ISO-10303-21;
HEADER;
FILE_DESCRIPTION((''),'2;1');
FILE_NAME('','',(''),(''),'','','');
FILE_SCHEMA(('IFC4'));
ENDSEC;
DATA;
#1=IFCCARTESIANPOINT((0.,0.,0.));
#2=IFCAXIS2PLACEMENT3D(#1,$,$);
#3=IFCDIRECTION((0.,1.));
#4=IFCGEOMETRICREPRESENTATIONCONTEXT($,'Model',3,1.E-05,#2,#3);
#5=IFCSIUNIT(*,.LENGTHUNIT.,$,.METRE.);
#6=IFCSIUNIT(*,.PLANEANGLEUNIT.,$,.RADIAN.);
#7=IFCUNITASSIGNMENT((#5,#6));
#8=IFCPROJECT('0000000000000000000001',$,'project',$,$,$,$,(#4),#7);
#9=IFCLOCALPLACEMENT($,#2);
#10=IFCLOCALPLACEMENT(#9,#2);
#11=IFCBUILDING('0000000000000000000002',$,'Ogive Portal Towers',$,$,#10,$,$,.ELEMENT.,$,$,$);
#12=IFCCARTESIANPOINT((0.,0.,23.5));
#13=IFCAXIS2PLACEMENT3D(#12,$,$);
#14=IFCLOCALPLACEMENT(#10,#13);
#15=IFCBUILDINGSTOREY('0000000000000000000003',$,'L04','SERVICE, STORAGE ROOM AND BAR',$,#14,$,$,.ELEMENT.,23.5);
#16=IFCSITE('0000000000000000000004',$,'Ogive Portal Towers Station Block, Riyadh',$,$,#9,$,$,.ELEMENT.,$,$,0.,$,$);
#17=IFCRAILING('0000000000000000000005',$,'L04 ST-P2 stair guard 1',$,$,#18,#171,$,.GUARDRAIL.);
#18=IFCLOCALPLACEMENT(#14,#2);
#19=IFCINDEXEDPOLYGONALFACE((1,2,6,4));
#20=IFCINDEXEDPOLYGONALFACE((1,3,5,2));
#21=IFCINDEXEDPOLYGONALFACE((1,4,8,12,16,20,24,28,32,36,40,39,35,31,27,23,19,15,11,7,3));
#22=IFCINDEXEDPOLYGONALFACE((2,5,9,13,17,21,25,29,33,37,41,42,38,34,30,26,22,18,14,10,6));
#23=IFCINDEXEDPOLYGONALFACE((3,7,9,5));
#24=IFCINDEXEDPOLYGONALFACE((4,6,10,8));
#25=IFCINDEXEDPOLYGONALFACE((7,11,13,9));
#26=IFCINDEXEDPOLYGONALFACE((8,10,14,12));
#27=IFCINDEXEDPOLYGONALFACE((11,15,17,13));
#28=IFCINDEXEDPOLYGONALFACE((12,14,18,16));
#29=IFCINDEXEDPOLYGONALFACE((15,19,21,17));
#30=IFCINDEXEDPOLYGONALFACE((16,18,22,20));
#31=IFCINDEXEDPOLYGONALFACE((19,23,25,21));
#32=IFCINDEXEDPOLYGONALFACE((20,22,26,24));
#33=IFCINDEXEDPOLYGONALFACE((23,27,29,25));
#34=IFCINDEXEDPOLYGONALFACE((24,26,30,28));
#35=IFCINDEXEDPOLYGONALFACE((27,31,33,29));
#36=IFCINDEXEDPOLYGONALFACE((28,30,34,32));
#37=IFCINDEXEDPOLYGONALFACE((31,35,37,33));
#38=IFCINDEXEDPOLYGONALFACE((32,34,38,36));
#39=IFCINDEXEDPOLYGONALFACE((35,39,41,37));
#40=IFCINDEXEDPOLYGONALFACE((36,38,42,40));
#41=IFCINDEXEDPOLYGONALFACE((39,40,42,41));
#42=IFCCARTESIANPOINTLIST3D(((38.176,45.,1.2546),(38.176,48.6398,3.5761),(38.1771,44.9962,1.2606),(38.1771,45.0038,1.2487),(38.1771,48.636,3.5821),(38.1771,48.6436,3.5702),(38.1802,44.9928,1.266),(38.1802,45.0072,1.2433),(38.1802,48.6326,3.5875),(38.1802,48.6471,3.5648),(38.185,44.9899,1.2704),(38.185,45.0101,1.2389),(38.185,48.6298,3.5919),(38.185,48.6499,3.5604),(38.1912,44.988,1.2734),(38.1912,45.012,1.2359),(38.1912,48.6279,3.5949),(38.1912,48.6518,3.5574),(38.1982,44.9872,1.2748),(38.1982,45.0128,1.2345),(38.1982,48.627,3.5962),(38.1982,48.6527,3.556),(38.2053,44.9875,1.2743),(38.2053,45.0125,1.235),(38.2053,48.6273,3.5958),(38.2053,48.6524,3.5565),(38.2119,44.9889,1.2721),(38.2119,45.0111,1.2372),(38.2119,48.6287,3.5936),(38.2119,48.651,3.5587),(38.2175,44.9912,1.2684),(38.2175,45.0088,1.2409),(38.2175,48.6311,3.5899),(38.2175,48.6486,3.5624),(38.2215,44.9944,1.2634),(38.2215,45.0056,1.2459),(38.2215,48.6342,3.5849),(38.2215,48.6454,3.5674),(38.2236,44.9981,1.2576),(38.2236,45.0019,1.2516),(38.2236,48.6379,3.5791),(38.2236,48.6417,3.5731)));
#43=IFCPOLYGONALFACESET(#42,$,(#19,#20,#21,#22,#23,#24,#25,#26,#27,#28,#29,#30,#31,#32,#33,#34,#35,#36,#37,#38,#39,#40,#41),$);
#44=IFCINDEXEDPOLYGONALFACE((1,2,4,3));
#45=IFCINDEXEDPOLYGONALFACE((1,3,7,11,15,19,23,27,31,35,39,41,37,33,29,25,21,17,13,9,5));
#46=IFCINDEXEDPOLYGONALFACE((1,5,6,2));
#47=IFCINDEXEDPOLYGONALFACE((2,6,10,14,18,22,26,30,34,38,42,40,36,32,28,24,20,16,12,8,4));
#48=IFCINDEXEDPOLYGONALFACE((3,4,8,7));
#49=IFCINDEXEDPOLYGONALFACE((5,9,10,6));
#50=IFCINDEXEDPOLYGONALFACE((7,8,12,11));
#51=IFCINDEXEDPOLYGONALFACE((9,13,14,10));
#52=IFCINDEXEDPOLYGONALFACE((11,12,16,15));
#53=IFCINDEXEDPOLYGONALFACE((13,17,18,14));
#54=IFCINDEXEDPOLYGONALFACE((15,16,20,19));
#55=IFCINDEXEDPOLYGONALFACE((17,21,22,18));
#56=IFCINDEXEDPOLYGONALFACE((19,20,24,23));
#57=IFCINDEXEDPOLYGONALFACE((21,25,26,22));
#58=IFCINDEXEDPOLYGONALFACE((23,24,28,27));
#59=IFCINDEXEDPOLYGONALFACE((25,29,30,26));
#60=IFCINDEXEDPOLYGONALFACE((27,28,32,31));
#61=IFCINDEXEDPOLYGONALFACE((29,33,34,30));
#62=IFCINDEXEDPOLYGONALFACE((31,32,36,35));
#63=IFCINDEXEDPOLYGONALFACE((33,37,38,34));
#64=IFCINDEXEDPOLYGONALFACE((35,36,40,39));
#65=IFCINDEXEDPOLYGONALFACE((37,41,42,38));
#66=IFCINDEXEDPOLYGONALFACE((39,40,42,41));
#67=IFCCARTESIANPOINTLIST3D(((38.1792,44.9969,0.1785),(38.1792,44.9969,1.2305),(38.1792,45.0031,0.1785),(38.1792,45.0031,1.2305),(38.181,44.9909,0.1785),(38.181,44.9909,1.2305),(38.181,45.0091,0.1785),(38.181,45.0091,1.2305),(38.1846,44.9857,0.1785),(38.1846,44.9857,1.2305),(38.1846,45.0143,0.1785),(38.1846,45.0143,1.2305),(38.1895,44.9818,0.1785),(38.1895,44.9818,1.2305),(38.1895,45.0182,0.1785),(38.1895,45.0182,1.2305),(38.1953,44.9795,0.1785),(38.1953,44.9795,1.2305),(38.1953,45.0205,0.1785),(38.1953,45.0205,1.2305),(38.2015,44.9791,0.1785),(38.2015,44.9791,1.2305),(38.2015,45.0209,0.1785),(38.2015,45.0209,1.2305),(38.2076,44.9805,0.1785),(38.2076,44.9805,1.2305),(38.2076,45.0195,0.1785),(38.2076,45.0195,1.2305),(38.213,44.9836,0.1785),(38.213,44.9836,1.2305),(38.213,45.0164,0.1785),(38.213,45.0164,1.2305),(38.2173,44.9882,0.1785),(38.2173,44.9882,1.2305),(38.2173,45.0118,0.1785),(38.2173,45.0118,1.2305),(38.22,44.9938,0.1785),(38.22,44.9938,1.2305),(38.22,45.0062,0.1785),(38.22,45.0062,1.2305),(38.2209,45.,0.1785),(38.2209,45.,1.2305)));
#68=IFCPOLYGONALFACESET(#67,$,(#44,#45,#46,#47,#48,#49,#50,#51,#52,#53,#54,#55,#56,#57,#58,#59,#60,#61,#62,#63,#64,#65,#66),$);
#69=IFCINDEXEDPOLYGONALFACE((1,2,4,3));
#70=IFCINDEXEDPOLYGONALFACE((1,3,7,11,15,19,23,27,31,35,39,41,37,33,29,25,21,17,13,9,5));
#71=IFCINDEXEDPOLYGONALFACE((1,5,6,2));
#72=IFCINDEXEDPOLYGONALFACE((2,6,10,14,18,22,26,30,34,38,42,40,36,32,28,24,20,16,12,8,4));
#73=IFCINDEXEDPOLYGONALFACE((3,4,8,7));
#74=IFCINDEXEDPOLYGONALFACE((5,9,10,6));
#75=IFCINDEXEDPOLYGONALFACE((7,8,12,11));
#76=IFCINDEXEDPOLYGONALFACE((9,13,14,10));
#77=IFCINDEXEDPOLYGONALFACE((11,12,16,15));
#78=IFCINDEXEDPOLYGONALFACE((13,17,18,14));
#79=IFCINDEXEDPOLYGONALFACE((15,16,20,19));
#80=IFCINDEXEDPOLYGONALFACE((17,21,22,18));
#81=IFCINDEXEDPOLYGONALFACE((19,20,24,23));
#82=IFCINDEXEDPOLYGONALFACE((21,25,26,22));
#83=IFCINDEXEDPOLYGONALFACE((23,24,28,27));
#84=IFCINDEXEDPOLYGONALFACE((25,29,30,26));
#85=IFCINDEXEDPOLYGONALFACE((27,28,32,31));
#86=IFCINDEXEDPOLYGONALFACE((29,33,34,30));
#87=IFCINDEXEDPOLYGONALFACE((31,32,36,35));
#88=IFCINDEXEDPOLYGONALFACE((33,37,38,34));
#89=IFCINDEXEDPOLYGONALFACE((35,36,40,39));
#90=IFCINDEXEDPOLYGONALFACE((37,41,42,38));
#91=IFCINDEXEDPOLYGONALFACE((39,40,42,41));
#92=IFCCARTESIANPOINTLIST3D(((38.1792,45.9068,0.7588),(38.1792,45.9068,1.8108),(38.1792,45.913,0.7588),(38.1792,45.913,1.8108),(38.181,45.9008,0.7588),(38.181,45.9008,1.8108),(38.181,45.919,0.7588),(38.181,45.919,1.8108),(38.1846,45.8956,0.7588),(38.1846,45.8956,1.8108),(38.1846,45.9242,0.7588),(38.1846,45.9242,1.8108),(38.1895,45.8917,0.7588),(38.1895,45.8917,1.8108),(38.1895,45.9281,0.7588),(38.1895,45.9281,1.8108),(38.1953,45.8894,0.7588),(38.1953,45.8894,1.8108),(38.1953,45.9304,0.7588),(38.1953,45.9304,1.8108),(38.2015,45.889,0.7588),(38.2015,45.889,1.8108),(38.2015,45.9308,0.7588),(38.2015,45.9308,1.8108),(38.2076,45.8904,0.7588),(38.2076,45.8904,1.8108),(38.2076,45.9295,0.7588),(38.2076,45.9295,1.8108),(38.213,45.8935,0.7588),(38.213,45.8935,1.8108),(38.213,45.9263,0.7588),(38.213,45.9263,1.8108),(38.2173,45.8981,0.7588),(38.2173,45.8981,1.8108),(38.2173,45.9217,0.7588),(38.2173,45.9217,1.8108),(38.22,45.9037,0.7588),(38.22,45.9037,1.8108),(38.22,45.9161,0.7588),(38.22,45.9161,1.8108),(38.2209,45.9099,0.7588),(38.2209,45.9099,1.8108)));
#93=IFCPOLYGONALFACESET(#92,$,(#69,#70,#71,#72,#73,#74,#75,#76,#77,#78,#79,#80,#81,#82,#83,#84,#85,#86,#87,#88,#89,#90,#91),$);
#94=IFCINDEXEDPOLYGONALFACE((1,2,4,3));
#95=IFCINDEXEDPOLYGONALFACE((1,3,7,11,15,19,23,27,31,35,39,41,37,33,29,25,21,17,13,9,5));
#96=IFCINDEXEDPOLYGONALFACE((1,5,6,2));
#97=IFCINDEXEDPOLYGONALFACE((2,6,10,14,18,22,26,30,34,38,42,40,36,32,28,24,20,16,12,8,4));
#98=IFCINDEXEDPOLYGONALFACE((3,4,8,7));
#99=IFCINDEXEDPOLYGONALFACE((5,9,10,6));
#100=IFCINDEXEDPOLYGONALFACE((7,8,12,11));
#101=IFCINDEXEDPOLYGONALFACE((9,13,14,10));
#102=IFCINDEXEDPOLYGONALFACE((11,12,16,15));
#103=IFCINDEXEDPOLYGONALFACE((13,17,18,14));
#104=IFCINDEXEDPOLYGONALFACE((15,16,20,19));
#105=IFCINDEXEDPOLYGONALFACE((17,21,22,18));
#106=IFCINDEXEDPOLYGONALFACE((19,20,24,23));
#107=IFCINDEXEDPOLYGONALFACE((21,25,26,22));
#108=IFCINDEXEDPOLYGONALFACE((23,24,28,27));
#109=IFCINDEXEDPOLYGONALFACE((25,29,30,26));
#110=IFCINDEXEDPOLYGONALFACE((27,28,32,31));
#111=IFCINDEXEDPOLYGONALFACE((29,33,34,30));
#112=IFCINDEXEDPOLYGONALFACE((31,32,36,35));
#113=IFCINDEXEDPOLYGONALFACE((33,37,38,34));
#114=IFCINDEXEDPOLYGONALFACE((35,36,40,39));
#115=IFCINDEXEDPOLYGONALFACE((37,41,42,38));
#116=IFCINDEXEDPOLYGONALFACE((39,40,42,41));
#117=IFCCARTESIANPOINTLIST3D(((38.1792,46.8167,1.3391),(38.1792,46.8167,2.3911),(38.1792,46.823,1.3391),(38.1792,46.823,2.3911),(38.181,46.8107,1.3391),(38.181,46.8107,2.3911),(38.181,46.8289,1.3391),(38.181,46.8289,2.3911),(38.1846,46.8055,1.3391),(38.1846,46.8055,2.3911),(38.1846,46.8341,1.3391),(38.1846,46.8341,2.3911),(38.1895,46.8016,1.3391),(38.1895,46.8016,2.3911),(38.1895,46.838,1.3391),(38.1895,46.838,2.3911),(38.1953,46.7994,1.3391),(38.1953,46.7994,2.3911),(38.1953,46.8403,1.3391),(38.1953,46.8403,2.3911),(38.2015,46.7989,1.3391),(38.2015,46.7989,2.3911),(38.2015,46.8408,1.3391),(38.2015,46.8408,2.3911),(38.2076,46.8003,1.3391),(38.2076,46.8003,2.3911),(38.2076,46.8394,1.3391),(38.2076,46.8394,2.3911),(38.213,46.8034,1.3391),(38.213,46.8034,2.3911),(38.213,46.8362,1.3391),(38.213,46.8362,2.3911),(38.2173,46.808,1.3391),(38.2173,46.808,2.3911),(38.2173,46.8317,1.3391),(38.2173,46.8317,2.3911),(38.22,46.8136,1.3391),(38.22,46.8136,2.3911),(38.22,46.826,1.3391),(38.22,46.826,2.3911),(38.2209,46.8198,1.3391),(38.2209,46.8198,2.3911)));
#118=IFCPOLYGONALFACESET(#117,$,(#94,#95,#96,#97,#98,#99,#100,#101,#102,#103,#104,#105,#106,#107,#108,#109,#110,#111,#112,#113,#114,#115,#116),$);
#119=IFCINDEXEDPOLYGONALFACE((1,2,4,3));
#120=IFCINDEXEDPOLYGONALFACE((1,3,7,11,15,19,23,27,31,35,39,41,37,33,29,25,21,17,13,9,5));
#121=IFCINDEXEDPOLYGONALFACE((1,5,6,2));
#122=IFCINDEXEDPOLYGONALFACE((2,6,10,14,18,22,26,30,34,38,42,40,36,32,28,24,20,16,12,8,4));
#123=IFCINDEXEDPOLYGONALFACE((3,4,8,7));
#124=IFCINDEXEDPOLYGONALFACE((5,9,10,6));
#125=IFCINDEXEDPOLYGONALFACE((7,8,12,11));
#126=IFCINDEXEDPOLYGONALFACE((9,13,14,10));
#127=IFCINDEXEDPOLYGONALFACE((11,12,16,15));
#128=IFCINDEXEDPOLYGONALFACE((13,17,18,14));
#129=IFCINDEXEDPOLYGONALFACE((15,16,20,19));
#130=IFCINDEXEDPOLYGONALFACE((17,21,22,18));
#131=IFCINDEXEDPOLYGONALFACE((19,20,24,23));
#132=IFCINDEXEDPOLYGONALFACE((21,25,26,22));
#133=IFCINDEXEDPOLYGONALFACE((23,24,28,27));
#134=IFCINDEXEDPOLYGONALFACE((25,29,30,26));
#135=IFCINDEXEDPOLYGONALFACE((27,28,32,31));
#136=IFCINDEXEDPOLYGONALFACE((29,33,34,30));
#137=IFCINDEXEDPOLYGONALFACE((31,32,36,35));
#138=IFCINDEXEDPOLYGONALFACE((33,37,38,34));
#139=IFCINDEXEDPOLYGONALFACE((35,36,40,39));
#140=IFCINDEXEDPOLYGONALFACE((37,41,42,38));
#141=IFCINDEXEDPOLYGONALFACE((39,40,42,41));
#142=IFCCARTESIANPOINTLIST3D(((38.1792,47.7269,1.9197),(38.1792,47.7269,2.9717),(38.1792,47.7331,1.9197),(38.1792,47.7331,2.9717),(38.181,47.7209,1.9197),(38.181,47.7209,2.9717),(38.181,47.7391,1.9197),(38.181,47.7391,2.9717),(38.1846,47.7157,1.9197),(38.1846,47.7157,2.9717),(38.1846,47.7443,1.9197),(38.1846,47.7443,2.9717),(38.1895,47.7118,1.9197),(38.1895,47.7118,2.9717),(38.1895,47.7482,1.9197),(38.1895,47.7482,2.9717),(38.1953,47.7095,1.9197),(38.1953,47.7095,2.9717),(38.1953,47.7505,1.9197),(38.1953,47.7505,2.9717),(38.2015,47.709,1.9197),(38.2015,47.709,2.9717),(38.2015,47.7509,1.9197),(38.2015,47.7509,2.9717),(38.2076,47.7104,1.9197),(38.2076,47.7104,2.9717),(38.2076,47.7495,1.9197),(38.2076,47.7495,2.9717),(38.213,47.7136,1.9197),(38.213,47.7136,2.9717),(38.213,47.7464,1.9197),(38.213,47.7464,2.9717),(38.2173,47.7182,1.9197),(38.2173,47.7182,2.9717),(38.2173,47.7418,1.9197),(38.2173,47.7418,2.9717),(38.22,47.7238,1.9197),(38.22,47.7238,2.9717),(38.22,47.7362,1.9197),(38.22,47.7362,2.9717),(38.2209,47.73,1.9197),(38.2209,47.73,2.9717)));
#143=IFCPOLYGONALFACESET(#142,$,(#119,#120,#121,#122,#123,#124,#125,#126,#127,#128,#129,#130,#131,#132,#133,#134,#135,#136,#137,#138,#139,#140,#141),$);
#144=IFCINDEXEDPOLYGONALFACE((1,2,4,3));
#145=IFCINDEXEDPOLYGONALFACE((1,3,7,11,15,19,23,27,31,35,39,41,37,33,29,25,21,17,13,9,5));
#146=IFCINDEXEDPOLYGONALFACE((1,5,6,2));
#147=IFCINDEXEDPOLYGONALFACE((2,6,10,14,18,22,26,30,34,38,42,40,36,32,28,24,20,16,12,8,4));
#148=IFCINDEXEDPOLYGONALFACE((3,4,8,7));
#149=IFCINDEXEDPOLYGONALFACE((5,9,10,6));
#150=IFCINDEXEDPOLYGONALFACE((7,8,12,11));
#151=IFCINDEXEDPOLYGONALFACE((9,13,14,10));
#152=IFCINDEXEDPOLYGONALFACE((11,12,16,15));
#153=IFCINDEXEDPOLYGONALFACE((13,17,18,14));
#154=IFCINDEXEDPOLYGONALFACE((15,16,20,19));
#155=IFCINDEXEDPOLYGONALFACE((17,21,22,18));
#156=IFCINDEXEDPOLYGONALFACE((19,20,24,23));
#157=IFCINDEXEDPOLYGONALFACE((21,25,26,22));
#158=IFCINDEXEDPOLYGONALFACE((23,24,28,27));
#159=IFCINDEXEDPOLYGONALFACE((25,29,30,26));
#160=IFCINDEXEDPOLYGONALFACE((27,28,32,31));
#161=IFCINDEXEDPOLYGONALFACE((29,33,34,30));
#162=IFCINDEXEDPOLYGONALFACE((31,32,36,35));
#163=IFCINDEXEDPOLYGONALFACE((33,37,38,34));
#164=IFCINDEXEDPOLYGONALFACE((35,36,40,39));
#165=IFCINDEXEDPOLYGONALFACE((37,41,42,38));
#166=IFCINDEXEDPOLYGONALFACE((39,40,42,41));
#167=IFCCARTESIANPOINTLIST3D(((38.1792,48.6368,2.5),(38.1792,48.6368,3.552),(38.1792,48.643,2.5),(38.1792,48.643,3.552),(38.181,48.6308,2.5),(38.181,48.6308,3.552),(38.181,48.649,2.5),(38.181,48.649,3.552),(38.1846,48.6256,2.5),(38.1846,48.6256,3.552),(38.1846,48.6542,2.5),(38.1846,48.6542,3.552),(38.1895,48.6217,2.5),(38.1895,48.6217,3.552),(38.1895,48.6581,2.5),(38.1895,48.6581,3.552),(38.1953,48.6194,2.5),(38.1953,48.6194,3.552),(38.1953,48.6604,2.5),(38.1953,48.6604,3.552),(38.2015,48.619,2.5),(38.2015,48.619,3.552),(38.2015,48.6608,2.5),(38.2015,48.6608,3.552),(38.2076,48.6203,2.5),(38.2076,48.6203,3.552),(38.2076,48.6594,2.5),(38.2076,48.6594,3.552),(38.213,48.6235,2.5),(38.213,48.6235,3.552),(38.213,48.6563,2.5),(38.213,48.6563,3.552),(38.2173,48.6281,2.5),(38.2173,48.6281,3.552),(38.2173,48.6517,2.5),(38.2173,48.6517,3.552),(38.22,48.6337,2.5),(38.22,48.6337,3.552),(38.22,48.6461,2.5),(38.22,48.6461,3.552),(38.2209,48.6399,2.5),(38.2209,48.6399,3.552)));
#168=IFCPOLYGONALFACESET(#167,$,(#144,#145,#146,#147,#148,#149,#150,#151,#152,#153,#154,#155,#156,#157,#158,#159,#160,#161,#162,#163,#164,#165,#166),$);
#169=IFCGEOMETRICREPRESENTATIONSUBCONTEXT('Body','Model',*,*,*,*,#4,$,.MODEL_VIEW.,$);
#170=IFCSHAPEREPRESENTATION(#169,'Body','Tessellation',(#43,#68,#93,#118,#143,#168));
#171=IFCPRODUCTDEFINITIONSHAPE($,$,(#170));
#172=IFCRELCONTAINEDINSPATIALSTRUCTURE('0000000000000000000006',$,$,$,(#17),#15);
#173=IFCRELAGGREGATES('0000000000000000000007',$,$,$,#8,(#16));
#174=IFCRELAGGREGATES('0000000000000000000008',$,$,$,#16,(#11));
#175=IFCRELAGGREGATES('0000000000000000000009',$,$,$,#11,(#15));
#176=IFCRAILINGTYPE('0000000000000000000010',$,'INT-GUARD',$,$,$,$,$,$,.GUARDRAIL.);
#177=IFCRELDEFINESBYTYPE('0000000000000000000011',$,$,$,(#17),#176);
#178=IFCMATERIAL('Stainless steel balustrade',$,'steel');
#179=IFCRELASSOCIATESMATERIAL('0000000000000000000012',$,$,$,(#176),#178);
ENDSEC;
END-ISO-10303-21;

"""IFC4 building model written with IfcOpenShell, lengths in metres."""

from ifc_helpers import new_model, si_unit, direction, frame, origin, origin_2d, place, context, subcontext, project, spatial, circle, extrude, material, type_object, element, save


model = new_model("IFC4")

# Units and contexts
model_context = context("Model", 3, precision=1e-05, world=origin(), true_north=direction((0.0, 1.0)))
body_context = subcontext(model_context, "Body", "Model", "MODEL_VIEW")
ifc_project = project(units=[si_unit("LENGTHUNIT", "METRE"), si_unit("PLANEANGLEUNIT", "RADIAN")], contexts=[model_context])

# Site, building, storey
site_placement = place(None, origin())
site = spatial("IfcSite", under=ifc_project, at=site_placement, Name="Ogive Portal Towers Station Block, Riyadh", CompositionType="ELEMENT", RefElevation=0.0)
building_placement = place(site_placement, origin())
building = spatial("IfcBuilding", under=site, at=building_placement, Name="Ogive Portal Towers", CompositionType="ELEMENT")
storey_placement = place(building_placement, frame((0.0, 0.0, 23.5)))
storey = spatial("IfcBuildingStorey", under=building, at=storey_placement, Name="L04", Description="SERVICE, STORAGE ROOM AND BAR", CompositionType="ELEMENT", Elevation=23.5)

# Railing
ifc_material_1 = material(Name="Stainless steel balustrade", Category="steel")
railing_type_1 = type_object("IfcRailingType", Name="INT-GUARD", PredefinedType="GUARDRAIL", material=ifc_material_1)
railing_1_placement = place(storey_placement, frame((38.2, 45.0, 0.1785)))
element("IfcRailing", 1, at=railing_1_placement, inside=storey, type_object=railing_type_1, Name="L04 ST-P2 stair guard 1", PredefinedType="GUARDRAIL", context=body_context, shape_type="SweptSolid", body=[
    extrude(circle(Radius=0.0239, at=origin_2d()), frame((0.0, 0.0, 1.0762), z_axis=(0.0, 0.843112, 0.537739), x_axis=(-1.0, 0.0, 0.0)), (0.0, 0.0, 1.0), 4.3171),
    extrude(circle(Radius=0.021, at=origin_2d()), origin(), (0.0, 0.0, 1.0), 1.052),
    extrude(circle(Radius=0.021, at=origin_2d()), frame((0.0, 0.9099, 0.5803)), (0.0, 0.0, 1.0), 1.052),
    extrude(circle(Radius=0.021, at=origin_2d()), frame((0.0, 1.8198, 1.1606)), (0.0, 0.0, 1.0), 1.052),
    extrude(circle(Radius=0.021, at=origin_2d()), frame((0.0, 2.73, 1.7412)), (0.0, 0.0, 1.0), 1.052),
    extrude(circle(Radius=0.021, at=origin_2d()), frame((0.0, 3.6399, 2.3215)), (0.0, 0.0, 1.0), 1.052),
])

save(model, "model.ifc")
